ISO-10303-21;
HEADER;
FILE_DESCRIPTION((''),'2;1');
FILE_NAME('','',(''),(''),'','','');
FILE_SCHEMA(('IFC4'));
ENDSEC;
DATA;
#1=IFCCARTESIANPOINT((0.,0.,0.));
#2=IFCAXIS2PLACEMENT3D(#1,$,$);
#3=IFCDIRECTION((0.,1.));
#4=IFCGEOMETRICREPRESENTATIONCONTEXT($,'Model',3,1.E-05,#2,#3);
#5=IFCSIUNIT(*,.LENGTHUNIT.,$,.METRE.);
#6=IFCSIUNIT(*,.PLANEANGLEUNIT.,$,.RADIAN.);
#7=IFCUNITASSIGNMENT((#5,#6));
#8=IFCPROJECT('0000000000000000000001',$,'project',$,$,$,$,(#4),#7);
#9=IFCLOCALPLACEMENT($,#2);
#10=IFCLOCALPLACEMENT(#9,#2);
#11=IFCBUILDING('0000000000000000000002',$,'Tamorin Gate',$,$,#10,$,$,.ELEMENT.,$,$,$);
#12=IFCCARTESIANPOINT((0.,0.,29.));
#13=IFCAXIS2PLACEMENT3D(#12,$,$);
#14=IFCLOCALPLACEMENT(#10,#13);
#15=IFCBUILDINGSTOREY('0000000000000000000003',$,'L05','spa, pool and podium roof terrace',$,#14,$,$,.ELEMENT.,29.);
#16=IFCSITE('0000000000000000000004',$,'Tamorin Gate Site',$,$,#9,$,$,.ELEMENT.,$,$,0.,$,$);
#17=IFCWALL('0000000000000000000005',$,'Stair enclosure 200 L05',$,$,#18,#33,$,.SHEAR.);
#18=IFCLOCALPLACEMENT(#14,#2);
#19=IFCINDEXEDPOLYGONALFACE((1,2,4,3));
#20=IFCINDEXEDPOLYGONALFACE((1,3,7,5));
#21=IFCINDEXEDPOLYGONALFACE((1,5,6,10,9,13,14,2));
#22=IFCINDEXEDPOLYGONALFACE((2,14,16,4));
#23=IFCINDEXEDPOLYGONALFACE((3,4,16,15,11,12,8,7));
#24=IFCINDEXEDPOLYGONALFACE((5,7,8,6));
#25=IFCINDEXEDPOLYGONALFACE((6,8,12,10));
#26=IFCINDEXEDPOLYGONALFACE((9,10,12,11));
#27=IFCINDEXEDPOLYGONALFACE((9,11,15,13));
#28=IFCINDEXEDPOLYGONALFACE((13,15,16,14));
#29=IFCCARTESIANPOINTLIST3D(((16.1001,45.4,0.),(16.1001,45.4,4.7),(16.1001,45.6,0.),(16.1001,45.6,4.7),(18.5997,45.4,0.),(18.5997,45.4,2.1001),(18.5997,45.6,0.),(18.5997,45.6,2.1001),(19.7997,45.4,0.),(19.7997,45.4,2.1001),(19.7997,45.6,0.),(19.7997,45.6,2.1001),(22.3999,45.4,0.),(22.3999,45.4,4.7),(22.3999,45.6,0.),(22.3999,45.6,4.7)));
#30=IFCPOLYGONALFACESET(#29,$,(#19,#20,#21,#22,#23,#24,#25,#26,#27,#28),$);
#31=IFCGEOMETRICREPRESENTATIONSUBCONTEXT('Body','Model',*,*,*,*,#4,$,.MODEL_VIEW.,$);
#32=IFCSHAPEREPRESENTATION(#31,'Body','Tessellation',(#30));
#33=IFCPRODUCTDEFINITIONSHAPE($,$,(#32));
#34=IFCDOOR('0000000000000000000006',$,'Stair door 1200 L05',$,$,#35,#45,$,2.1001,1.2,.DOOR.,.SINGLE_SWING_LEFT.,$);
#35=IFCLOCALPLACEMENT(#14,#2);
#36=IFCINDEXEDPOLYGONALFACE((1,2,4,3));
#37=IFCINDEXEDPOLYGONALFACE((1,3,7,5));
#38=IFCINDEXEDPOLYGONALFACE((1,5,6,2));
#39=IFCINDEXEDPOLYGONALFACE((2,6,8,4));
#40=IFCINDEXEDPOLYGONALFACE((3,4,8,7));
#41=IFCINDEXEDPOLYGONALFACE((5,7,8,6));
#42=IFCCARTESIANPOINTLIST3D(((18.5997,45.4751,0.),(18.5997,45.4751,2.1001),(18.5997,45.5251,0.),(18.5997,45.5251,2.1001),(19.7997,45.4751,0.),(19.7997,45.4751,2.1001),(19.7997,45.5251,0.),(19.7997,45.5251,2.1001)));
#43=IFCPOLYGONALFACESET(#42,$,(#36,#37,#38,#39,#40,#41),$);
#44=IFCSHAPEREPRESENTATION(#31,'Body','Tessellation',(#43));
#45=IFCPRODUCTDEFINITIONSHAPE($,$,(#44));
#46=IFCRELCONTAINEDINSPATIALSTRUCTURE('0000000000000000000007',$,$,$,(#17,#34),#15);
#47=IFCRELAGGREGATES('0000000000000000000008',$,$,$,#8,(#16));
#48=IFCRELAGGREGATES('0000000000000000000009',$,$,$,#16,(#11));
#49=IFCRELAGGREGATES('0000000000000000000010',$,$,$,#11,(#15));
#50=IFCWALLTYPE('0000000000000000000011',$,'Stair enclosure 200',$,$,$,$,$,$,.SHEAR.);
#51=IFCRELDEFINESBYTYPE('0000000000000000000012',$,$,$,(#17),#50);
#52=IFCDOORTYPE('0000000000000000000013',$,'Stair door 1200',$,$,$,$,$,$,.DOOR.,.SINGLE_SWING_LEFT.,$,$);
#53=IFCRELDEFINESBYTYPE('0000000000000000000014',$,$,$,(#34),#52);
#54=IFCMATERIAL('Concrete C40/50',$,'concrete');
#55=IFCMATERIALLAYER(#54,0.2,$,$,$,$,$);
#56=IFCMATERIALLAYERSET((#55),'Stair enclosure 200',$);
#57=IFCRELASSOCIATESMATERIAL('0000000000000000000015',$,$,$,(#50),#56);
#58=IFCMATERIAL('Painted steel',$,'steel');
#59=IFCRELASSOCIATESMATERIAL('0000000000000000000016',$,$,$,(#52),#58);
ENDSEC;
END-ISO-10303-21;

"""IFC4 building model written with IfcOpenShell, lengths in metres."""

from ifc_helpers import new_model, si_unit, direction, frame, frame_2d, origin, place, context, subcontext, project, spatial, rectangle, extrude, material, layer, layer_set, type_object, element, fill, save


model = new_model("IFC4")

# Units and contexts
model_context = context("Model", 3, precision=1e-05, world=origin(), true_north=direction((0.0, 1.0)))
body_context = subcontext(model_context, "Body", "Model", "MODEL_VIEW")
ifc_project = project(units=[si_unit("LENGTHUNIT", "METRE"), si_unit("PLANEANGLEUNIT", "RADIAN")], contexts=[model_context])

# Site, building, storey
site_placement = place(None, origin())
site = spatial("IfcSite", under=ifc_project, at=site_placement, Name="Tamorin Gate Site", CompositionType="ELEMENT", RefElevation=0.0)
building_placement = place(site_placement, origin())
building = spatial("IfcBuilding", under=site, at=building_placement, Name="Tamorin Gate", CompositionType="ELEMENT")
storey_placement = place(building_placement, frame((0.0, 0.0, 29.0)))
storey = spatial("IfcBuildingStorey", under=building, at=storey_placement, Name="L05", Description="spa, pool and podium roof terrace", CompositionType="ELEMENT", Elevation=29.0)

# Wall, opening, door
ifc_material_1 = material(Name="Concrete C40/50", Category="concrete")
ifc_layer_1 = layer(ifc_material_1, 0.2)
ifc_layer_set_1 = layer_set([ifc_layer_1], Name="Stair enclosure 200")
wall_type_1 = type_object("IfcWallType", Name="Stair enclosure 200", PredefinedType="SHEAR", material=ifc_layer_set_1)
wall_1_placement = place(storey_placement, frame((22.3999, 45.5, 0.0), z_axis=(0.0, 0.0, 1.0), x_axis=(-1.0, 0.0, 0.0)))
wall_1 = element("IfcWall", 1, at=wall_1_placement, inside=storey, type_object=wall_type_1, Name="Stair enclosure 200 L05", PredefinedType="SHEAR", context=body_context, shape_type="SweptSolid", body=[
    extrude(rectangle(XDim=6.2998, YDim=0.2, at=frame_2d((3.1499, 0.0))), origin(), (0.0, 0.0, 1.0), 4.7),
])
opening_1_placement = place(wall_1_placement, frame((2.6001, 0.0, 0.0)))
opening_1 = element("IfcOpeningElement", 2, at=opening_1_placement, cuts=wall_1, PredefinedType="OPENING", context=body_context, shape_type="SweptSolid", body=[
    extrude(rectangle(XDim=1.2, YDim=2.1001, at=frame_2d((0.6001, 1.05))), frame((0.0, 0.1099, 0.0), z_axis=(0.0, -1.0, 0.0), x_axis=(1.0, 0.0, 0.0)), (0.0, 0.0, 1.0), 0.22),
])
ifc_material_2 = material(Name="Painted steel", Category="steel")
door_type_1 = type_object("IfcDoorType", Name="Stair door 1200", OperationType="SINGLE_SWING_LEFT", PredefinedType="DOOR", material=ifc_material_2)
door_1_placement = place(opening_1_placement, origin())
door_1 = element("IfcDoor", 3, at=door_1_placement, inside=storey, type_object=door_type_1, Name="Stair door 1200 L05", OperationType="SINGLE_SWING_LEFT", OverallHeight=2.1001, OverallWidth=1.2, PredefinedType="DOOR", context=body_context, shape_type="SweptSolid", body=[
    extrude(rectangle(XDim=1.2, YDim=2.1001, at=frame_2d((0.6001, 1.05))), frame((0.0, 0.0249, 0.0), z_axis=(0.0, -1.0, 0.0), x_axis=(1.0, 0.0, 0.0)), (0.0, 0.0, 1.0), 0.05),
])
fill(opening_1, door_1)

save(model, "model.ifc")
